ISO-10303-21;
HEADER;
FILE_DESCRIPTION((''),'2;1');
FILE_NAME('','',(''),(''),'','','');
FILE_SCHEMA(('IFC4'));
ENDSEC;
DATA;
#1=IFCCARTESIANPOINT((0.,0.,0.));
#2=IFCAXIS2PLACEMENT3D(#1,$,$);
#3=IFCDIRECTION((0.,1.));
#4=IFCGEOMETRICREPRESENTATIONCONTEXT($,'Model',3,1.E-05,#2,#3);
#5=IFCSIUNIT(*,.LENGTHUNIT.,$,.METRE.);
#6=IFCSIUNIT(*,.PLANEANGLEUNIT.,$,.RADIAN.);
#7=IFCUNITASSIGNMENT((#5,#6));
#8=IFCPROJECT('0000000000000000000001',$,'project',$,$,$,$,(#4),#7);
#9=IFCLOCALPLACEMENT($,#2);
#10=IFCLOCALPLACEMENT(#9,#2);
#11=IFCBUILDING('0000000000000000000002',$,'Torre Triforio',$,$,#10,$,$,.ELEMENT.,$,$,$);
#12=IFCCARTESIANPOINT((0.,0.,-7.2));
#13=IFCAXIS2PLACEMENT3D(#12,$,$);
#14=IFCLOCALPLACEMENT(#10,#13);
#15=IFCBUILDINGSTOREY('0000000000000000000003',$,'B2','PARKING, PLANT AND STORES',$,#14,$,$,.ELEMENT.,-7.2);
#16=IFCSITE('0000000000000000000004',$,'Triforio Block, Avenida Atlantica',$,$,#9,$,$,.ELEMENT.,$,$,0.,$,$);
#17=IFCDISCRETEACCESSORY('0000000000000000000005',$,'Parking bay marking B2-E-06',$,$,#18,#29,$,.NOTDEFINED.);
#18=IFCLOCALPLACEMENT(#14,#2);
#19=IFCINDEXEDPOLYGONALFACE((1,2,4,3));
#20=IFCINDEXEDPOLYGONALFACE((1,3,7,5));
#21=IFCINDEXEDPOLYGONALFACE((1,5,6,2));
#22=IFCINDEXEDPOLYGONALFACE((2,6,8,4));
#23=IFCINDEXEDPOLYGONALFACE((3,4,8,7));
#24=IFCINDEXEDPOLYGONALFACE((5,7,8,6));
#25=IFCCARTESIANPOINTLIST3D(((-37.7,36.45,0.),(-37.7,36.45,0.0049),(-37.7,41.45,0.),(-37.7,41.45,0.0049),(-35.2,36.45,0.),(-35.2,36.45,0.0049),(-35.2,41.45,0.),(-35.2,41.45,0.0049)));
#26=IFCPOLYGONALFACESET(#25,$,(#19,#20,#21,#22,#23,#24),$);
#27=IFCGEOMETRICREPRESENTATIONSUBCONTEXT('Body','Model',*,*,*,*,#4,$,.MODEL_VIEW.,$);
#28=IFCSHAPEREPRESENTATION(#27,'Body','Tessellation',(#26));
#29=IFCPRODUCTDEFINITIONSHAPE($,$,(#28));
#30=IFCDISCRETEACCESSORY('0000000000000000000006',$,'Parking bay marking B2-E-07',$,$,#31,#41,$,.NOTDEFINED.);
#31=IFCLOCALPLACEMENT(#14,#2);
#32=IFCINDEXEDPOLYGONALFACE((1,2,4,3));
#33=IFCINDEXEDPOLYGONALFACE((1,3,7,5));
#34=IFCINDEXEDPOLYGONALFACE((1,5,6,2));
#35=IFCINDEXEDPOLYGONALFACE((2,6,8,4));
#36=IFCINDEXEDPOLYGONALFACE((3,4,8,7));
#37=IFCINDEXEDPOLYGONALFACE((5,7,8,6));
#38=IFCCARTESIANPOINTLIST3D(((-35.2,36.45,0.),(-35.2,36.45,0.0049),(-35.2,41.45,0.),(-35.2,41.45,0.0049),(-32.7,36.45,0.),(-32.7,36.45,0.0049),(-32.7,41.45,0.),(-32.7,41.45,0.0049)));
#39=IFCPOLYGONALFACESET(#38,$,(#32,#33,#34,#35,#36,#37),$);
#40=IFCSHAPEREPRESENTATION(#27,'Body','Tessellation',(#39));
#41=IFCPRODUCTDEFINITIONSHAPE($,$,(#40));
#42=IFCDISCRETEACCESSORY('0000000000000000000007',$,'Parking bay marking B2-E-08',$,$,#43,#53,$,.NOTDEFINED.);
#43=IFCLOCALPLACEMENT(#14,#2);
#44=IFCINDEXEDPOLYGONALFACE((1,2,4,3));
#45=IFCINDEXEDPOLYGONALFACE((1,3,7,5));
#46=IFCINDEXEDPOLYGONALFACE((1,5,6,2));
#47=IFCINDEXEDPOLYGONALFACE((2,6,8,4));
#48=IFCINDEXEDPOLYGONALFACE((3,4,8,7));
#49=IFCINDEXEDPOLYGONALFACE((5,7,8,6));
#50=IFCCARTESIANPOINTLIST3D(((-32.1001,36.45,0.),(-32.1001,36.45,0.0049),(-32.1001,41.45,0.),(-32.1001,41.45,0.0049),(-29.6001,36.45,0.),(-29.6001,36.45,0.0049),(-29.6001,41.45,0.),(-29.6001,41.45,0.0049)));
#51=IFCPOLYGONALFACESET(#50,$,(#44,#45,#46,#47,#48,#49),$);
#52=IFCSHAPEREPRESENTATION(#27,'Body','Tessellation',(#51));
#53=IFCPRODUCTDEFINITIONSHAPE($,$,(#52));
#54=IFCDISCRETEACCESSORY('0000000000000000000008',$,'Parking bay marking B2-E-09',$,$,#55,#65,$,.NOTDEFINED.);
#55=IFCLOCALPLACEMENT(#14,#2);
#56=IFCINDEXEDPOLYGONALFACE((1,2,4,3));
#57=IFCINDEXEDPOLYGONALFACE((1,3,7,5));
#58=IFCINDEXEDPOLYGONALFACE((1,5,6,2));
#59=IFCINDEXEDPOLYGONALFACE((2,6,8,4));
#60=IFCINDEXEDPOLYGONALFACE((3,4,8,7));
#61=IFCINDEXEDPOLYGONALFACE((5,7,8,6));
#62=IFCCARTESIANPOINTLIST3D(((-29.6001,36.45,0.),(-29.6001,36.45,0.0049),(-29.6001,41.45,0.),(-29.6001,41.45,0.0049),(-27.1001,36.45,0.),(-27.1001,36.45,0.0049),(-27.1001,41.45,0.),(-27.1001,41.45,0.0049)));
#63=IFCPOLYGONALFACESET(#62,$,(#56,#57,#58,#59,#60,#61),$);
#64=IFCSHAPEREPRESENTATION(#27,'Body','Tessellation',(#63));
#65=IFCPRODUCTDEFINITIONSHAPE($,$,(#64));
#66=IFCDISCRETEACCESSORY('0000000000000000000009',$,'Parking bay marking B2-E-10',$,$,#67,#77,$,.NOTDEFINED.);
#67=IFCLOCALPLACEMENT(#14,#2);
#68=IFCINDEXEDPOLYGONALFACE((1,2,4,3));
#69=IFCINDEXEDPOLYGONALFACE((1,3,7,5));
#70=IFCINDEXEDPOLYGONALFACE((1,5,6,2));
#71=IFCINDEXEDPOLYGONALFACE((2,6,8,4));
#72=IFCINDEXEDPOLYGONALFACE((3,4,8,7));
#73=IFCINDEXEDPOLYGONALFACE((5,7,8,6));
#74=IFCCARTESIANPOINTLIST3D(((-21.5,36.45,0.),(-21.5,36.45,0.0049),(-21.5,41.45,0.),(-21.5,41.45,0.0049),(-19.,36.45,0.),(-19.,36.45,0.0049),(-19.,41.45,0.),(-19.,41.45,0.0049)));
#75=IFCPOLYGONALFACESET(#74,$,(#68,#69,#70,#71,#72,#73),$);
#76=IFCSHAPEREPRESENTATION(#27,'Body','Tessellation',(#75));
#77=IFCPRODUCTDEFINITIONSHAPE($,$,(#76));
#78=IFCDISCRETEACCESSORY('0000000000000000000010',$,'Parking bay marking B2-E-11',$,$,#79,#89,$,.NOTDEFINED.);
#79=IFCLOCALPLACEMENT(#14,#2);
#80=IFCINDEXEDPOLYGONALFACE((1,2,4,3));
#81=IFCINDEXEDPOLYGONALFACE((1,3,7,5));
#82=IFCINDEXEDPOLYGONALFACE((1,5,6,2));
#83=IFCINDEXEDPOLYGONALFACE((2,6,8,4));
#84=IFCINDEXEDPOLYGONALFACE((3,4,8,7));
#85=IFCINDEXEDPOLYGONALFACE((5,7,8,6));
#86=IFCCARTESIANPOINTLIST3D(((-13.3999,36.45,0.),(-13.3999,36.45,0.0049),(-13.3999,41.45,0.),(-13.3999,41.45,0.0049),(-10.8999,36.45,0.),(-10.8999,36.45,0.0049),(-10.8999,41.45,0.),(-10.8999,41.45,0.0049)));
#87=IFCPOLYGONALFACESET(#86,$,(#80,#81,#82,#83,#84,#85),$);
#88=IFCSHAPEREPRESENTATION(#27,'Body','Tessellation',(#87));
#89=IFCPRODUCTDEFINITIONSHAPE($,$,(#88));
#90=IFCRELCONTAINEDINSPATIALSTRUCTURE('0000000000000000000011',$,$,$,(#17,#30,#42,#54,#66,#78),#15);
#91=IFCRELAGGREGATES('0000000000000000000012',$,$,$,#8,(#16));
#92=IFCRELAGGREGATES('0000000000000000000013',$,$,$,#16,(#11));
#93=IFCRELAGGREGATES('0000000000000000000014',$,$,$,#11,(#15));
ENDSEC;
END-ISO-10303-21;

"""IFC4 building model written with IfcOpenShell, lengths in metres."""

from ifc_helpers import new_model, si_unit, direction, frame, origin, origin_2d, place, context, subcontext, project, spatial, rectangle, extrude, element, save


model = new_model("IFC4")

# Units and contexts
model_context = context("Model", 3, precision=1e-05, world=origin(), true_north=direction((0.0, 1.0)))
body_context = subcontext(model_context, "Body", "Model", "MODEL_VIEW")
ifc_project = project(units=[si_unit("LENGTHUNIT", "METRE"), si_unit("PLANEANGLEUNIT", "RADIAN")], contexts=[model_context])

# Site, building, storey
site_placement = place(None, origin())
site = spatial("IfcSite", under=ifc_project, at=site_placement, Name="Triforio Block, Avenida Atlantica", CompositionType="ELEMENT", RefElevation=0.0)
building_placement = place(site_placement, origin())
building = spatial("IfcBuilding", under=site, at=building_placement, Name="Torre Triforio", CompositionType="ELEMENT")
storey_placement = place(building_placement, frame((0.0, 0.0, -7.2)))
storey = spatial("IfcBuildingStorey", under=building, at=storey_placement, Name="B2", Description="PARKING, PLANT AND STORES", CompositionType="ELEMENT", Elevation=-7.2)

# Discrete accessories
for number, where, z_axis, x_axis, name in (
    (1, (-36.45, 38.95, 0.0), (0.0, 0.0, 1.0), (1.0, 0.0, 0.0), "Parking bay marking B2-E-06"),
    (2, (-33.95, 38.95, 0.0), (0.0, 0.0, 1.0), (1.0, 0.0, 0.0), "Parking bay marking B2-E-07"),
    (3, (-30.8501, 38.95, 0.0), (0.0, 0.0, 1.0), (1.0, 0.0, 0.0), "Parking bay marking B2-E-08"),
    (4, (-28.3501, 38.95, 0.0), (0.0, 0.0, 1.0), (1.0, 0.0, 0.0), "Parking bay marking B2-E-09"),
    (5, (-20.25, 38.95, 0.0), (0.0, 0.0, 1.0), (1.0, 0.0, 0.0), "Parking bay marking B2-E-10"),
    (6, (-12.1499, 38.95, 0.0), (0.0, 0.0, 1.0), (1.0, 0.0, 0.0), "Parking bay marking B2-E-11"),
):
    element("IfcDiscreteAccessory", number, at=place(storey_placement, frame(where, z_axis=z_axis, x_axis=x_axis)), inside=storey, Name=name, PredefinedType="NOTDEFINED", context=body_context, shape_type="SweptSolid", body=[
        extrude(rectangle(XDim=2.5, YDim=5.0, at=origin_2d()), origin(), (0.0, 0.0, 1.0), 0.0049),
    ])

save(model, "model.ifc")
